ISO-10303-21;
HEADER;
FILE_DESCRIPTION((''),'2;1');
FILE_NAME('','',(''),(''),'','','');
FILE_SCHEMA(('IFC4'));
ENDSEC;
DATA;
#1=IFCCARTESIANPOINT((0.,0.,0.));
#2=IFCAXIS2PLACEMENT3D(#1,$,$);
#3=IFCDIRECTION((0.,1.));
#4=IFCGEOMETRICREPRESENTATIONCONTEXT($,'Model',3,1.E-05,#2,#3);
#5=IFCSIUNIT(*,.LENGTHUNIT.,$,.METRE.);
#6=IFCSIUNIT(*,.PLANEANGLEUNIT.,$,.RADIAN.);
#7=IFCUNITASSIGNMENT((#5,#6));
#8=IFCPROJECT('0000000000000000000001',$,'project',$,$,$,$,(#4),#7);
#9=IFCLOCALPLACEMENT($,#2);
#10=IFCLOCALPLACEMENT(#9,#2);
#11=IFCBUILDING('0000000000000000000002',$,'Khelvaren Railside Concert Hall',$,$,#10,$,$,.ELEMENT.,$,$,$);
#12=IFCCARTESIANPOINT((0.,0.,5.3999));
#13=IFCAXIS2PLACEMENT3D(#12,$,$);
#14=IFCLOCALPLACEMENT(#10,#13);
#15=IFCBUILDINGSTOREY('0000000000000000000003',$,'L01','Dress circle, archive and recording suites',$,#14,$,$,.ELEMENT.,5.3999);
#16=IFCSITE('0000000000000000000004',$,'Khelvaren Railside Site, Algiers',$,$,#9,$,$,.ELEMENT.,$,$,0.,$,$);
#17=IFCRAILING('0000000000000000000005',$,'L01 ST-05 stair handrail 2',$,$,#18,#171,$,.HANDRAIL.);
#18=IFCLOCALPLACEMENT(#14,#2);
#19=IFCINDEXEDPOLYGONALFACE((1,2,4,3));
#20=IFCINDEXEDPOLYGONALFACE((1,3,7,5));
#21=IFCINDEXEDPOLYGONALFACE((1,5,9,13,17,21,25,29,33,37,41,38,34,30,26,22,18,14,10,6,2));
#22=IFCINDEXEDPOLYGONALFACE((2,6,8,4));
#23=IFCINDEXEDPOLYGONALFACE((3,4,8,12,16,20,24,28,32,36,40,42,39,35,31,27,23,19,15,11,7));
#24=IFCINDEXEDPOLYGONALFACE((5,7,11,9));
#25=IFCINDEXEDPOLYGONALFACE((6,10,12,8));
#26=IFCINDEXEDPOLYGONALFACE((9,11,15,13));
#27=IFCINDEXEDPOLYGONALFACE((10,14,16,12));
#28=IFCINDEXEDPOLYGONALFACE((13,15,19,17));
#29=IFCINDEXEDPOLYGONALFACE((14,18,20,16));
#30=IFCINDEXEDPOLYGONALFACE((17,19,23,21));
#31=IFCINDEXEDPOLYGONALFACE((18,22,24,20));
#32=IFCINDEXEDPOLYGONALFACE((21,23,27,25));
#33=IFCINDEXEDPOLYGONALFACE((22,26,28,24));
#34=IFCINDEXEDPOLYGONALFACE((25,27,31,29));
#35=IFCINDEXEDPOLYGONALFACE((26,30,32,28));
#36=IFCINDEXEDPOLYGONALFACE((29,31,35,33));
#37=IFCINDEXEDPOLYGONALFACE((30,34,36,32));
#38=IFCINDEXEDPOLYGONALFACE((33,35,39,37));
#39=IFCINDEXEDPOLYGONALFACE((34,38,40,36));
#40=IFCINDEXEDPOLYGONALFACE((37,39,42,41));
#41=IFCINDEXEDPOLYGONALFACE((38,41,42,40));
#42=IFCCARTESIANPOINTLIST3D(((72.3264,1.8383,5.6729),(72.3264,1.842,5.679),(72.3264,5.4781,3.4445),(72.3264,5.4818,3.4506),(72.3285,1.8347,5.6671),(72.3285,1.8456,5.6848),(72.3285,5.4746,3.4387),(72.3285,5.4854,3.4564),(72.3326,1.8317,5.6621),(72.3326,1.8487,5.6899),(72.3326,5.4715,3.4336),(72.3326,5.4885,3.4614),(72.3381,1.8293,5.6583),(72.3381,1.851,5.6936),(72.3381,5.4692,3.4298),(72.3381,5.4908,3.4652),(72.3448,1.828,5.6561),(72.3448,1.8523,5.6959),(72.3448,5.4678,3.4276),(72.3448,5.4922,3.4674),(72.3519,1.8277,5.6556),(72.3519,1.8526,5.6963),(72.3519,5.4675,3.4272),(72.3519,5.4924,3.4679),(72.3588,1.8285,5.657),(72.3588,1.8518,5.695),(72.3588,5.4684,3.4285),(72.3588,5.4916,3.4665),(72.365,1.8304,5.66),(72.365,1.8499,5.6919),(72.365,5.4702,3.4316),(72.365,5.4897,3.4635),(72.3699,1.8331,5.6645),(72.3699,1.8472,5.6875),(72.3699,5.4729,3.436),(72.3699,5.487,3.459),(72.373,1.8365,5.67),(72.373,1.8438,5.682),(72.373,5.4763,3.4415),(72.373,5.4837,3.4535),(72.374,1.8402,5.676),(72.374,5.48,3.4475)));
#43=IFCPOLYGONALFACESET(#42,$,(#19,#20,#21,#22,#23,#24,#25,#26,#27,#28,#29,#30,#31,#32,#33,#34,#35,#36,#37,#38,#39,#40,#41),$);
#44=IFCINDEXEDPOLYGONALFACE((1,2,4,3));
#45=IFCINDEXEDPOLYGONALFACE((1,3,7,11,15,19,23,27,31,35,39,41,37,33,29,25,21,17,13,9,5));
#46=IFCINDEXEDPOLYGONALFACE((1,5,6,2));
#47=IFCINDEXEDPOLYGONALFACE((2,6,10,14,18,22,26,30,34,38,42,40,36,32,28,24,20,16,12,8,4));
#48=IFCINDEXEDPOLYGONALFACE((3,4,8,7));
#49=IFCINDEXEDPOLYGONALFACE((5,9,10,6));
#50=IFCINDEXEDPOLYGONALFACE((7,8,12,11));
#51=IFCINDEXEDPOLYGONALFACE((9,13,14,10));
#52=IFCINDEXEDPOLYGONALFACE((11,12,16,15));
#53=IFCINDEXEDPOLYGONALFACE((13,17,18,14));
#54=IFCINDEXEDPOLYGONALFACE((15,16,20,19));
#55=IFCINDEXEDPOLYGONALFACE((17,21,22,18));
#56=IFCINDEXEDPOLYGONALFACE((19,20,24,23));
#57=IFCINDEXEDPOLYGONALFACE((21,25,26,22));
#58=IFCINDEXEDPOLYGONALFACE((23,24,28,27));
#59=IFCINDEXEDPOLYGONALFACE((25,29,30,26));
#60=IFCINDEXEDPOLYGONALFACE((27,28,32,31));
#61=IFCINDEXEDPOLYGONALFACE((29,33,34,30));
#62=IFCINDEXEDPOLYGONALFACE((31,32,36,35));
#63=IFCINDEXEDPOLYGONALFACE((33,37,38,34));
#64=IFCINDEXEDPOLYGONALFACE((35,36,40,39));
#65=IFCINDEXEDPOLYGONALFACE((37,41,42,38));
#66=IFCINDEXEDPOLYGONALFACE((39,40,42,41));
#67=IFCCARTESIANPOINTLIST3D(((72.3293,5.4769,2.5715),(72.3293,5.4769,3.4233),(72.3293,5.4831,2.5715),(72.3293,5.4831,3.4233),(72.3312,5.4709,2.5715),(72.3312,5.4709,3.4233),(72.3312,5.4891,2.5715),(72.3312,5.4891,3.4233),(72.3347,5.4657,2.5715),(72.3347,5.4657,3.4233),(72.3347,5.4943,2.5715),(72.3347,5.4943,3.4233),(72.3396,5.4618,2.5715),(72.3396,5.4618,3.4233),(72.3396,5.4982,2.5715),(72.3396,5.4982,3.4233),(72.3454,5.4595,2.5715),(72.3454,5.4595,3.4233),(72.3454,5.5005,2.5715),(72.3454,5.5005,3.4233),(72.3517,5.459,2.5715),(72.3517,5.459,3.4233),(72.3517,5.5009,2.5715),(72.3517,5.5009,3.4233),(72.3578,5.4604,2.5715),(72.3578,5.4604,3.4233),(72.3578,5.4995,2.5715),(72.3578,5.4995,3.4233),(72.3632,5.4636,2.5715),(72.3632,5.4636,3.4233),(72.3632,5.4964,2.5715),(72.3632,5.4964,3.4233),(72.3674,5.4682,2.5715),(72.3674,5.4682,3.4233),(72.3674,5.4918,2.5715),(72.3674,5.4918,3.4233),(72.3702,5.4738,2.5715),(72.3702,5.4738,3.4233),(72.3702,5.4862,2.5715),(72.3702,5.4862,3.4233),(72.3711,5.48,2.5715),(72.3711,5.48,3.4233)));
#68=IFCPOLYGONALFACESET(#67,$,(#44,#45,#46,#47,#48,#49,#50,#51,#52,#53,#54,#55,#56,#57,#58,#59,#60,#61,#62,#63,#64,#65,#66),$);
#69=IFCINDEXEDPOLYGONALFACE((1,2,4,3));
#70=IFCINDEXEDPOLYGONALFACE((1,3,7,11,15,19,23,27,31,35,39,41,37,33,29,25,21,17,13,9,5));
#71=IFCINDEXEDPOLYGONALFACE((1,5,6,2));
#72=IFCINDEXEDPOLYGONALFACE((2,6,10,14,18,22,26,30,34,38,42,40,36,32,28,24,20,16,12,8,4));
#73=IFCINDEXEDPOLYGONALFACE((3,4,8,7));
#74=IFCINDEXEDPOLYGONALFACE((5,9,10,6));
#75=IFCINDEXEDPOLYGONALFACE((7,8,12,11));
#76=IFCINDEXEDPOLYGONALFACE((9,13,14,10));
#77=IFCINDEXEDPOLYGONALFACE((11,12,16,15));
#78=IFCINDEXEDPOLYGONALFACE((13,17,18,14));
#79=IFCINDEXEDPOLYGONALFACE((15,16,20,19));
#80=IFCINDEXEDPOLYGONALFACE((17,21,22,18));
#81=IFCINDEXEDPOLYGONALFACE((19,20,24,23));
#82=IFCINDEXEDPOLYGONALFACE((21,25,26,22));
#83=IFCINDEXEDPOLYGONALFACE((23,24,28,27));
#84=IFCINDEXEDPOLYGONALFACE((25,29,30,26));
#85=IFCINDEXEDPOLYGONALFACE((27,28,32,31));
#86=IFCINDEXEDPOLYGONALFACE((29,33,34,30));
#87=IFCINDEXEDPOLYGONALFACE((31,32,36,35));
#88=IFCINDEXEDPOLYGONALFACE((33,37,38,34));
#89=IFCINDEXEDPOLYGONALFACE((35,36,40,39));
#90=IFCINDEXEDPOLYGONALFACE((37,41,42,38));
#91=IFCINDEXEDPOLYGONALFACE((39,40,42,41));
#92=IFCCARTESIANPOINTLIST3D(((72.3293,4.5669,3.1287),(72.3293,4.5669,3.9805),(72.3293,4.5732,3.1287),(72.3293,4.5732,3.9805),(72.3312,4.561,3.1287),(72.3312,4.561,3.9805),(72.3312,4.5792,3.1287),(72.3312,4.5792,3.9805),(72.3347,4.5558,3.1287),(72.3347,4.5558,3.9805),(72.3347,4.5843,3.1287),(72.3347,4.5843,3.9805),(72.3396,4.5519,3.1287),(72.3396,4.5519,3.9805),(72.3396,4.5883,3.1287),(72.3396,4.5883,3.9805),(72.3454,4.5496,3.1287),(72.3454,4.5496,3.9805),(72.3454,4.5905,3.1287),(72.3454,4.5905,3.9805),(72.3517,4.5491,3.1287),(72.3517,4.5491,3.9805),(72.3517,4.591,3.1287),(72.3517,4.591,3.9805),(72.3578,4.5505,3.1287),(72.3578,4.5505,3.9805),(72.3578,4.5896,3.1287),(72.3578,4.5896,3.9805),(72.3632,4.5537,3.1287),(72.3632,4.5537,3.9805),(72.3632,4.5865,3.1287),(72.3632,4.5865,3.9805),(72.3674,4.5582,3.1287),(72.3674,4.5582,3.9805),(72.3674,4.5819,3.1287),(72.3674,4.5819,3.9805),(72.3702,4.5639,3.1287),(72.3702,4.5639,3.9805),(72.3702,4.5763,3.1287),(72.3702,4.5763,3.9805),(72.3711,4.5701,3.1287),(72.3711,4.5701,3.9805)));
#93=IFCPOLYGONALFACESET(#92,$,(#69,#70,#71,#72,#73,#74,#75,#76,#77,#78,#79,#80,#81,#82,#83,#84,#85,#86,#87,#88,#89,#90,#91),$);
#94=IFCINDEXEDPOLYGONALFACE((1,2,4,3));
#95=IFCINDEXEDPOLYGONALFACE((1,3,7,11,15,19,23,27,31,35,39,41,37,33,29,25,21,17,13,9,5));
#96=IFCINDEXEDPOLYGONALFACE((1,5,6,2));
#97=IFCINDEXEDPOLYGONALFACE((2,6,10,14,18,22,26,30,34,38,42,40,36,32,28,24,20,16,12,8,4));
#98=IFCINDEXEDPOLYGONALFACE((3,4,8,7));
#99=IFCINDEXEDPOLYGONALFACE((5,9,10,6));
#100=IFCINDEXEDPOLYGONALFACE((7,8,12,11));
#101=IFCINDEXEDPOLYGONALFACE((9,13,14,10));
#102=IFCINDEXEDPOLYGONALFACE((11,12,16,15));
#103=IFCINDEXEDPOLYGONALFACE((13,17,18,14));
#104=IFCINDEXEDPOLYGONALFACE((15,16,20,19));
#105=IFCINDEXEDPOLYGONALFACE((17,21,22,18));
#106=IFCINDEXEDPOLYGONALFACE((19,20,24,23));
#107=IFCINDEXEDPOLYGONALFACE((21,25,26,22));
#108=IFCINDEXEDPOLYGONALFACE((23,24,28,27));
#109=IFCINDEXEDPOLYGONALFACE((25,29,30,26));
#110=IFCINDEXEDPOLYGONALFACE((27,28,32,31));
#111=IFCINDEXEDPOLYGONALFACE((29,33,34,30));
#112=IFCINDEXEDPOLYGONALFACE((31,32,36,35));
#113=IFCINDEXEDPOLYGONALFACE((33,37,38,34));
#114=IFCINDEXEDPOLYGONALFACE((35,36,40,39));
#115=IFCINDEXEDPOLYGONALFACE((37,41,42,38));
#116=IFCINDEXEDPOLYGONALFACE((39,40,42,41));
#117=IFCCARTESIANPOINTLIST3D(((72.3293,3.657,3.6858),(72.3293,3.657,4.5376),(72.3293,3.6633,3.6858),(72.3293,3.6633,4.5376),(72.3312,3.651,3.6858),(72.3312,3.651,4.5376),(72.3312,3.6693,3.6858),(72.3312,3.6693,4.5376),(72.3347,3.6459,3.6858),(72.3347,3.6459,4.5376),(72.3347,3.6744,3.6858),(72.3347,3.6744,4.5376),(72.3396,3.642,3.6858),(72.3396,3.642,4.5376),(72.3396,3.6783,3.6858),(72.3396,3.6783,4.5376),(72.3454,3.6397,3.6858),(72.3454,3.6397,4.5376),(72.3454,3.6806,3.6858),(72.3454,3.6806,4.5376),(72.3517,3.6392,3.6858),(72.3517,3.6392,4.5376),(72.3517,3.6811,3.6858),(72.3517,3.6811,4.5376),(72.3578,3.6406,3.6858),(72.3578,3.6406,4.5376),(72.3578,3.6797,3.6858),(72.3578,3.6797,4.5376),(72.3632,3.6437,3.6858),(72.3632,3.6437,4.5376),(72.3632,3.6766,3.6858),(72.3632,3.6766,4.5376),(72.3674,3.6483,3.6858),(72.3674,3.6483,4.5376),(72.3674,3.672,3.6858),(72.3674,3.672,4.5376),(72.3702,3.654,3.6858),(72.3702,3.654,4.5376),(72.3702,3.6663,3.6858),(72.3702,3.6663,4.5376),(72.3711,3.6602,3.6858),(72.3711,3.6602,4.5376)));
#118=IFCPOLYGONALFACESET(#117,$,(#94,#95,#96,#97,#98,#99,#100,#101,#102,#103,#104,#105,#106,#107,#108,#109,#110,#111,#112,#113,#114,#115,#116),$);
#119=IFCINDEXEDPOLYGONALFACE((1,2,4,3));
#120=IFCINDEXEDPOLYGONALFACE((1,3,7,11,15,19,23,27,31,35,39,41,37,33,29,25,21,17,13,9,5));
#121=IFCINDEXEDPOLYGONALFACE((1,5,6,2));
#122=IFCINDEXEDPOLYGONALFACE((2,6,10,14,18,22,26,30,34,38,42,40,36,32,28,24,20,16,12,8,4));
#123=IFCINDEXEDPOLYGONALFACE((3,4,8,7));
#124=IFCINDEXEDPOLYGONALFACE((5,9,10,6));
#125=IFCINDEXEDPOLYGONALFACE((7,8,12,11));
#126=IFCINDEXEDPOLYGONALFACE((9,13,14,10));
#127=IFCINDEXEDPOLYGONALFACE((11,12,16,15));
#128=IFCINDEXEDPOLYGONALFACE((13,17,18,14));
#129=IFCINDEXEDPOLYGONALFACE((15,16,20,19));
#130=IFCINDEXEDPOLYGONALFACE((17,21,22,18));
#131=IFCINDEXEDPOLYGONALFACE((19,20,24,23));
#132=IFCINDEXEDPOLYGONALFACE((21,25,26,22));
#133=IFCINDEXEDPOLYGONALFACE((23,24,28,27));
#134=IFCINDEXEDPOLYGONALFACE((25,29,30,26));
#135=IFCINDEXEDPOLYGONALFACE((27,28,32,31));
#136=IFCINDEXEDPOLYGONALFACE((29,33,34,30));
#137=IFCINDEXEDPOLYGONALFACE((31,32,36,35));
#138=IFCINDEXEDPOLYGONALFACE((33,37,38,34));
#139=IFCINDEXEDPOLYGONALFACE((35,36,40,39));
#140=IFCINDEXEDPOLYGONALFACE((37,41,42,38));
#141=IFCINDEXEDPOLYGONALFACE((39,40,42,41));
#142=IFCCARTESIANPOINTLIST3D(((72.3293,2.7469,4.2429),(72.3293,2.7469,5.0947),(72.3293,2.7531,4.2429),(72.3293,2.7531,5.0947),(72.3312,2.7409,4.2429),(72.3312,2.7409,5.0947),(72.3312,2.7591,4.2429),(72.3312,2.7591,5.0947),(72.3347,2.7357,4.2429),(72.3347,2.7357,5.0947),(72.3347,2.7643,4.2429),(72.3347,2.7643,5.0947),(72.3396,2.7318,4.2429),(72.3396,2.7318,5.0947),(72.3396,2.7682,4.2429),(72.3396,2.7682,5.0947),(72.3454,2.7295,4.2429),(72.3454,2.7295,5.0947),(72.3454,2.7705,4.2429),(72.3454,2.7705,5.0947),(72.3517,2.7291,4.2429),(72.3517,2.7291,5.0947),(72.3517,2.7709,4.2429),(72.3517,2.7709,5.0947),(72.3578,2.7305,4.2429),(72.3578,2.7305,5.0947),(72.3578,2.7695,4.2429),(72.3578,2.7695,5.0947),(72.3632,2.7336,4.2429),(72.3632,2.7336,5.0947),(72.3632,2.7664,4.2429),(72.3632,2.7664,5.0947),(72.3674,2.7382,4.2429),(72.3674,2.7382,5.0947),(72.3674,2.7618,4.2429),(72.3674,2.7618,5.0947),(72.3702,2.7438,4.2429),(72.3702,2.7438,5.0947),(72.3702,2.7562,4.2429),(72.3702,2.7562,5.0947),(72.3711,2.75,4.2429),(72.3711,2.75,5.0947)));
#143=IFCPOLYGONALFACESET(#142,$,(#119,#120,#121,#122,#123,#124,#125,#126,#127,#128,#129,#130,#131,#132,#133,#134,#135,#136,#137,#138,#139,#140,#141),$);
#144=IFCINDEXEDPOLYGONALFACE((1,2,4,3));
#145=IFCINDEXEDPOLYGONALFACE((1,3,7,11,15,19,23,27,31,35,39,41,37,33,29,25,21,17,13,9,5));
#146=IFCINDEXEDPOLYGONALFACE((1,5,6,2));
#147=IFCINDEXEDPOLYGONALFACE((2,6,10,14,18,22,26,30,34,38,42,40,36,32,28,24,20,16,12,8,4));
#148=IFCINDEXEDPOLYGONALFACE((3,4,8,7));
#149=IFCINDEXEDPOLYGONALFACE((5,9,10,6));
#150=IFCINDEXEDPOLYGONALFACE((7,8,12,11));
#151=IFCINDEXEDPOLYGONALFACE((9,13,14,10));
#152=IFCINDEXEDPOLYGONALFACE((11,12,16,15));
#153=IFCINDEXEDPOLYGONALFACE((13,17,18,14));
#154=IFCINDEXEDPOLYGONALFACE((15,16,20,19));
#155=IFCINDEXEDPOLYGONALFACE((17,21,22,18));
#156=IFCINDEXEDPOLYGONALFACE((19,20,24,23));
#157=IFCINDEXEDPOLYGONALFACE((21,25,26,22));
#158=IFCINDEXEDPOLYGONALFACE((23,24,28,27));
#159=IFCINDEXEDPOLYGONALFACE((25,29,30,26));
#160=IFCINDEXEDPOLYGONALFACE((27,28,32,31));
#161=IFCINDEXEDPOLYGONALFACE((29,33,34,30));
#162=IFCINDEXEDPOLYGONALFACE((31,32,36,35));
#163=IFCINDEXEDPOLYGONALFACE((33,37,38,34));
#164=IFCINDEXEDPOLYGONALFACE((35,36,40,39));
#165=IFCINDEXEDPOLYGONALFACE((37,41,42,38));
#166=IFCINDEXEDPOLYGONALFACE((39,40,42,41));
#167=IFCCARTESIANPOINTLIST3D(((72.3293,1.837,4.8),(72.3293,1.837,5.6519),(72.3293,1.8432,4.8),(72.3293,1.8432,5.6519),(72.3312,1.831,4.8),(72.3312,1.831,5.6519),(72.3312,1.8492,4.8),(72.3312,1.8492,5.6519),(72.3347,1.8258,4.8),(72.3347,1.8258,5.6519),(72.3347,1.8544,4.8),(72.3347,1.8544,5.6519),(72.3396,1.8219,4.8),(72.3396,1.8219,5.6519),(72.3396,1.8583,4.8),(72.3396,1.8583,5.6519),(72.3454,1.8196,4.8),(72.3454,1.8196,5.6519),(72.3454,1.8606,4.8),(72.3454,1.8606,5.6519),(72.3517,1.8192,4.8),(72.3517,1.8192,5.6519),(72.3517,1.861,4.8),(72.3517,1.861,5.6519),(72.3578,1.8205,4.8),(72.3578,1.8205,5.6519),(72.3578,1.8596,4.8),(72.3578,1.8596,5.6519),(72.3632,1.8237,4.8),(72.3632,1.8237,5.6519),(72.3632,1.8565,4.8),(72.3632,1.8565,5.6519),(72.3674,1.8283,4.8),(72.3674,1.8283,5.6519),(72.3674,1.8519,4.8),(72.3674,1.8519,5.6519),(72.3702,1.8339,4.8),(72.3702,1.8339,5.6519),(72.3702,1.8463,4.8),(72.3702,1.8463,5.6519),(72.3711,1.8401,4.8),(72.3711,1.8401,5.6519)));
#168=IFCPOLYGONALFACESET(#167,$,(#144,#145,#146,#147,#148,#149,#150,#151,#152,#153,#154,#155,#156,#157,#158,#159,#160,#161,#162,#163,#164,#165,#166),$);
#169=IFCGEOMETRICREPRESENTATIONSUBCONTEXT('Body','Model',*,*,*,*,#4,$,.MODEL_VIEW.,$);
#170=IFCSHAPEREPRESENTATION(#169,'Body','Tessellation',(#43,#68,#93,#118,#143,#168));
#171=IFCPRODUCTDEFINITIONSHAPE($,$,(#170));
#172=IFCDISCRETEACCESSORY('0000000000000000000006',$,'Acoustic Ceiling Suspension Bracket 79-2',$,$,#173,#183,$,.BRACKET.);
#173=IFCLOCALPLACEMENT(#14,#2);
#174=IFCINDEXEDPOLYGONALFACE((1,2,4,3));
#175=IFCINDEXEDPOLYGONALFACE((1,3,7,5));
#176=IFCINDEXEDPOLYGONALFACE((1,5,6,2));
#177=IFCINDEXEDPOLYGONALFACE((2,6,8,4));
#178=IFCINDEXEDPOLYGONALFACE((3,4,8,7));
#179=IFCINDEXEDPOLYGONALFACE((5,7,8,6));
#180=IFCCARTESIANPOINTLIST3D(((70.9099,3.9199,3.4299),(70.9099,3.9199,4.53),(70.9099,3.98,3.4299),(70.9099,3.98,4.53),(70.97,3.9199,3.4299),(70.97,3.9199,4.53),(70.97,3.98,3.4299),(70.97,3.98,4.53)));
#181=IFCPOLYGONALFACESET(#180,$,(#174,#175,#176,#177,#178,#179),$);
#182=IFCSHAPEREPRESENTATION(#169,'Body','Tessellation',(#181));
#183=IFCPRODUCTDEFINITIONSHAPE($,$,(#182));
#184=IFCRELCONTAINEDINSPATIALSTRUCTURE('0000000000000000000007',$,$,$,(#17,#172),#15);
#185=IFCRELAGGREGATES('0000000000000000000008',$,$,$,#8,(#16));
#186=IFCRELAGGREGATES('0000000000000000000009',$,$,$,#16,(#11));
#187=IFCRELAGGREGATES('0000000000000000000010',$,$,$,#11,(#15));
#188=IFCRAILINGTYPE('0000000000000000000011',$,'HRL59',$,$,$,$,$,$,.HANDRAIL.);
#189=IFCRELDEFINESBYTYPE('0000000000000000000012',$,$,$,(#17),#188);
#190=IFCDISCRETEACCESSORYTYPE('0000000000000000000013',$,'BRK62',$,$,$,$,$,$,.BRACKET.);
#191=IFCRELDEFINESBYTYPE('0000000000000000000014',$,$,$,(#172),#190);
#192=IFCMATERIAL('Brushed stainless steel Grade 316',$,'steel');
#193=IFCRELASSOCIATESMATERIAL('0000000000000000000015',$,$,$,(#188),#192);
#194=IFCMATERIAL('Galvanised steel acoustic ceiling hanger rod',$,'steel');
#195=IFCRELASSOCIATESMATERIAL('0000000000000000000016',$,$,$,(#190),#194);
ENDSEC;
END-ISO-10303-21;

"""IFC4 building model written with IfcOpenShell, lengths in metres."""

from ifc_helpers import new_model, si_unit, direction, frame, origin, origin_2d, place, context, subcontext, project, spatial, rectangle, circle, extrude, material, type_object, element, save


model = new_model("IFC4")

# Units and contexts
model_context = context("Model", 3, precision=1e-05, world=origin(), true_north=direction((0.0, 1.0)))
body_context = subcontext(model_context, "Body", "Model", "MODEL_VIEW")
ifc_project = project(units=[si_unit("LENGTHUNIT", "METRE"), si_unit("PLANEANGLEUNIT", "RADIAN")], contexts=[model_context])

# Site, building, storey
site_placement = place(None, origin())
site = spatial("IfcSite", under=ifc_project, at=site_placement, Name="Khelvaren Railside Site, Algiers", CompositionType="ELEMENT", RefElevation=0.0)
building_placement = place(site_placement, origin())
building = spatial("IfcBuilding", under=site, at=building_placement, Name="Khelvaren Railside Concert Hall", CompositionType="ELEMENT")
storey_placement = place(building_placement, frame((0.0, 0.0, 5.3999)))
storey = spatial("IfcBuildingStorey", under=building, at=storey_placement, Name="L01", Description="Dress circle, archive and recording suites", CompositionType="ELEMENT", Elevation=5.3999)

# Railing
ifc_material_1 = material(Name="Brushed stainless steel Grade 316", Category="steel")
railing_type_1 = type_object("IfcRailingType", Name="HRL59", PredefinedType="HANDRAIL", material=ifc_material_1)
railing_1_placement = place(storey_placement, frame((72.3501, 5.48, 2.5715)))
element("IfcRailing", 1, at=railing_1_placement, inside=storey, type_object=railing_type_1, Name="L01 ST-05 stair handrail 2", PredefinedType="HANDRAIL", context=body_context, shape_type="SweptSolid", body=[
    extrude(circle(Radius=0.0239, at=origin_2d()), frame((0.0, 0.0, 0.876), z_axis=(0.0, -0.85285, 0.522156), x_axis=(1.0, 0.0, 0.0)), (0.0, 0.0, 1.0), 4.2678),
    extrude(circle(Radius=0.021, at=origin_2d()), origin(), (0.0, 0.0, 1.0), 0.8518),
    extrude(circle(Radius=0.021, at=origin_2d()), frame((0.0, -0.9099, 0.5571)), (0.0, 0.0, 1.0), 0.8518),
    extrude(circle(Radius=0.021, at=origin_2d()), frame((0.0, -1.8198, 1.1143)), (0.0, 0.0, 1.0), 0.8518),
    extrude(circle(Radius=0.021, at=origin_2d()), frame((0.0, -2.73, 1.6714)), (0.0, 0.0, 1.0), 0.8518),
    extrude(circle(Radius=0.021, at=origin_2d()), frame((0.0, -3.6399, 2.2285)), (0.0, 0.0, 1.0), 0.8518),
])

# Discrete accessory
ifc_material_2 = material(Name="Galvanised steel acoustic ceiling hanger rod", Category="steel")
discrete_accessory_type = type_object("IfcDiscreteAccessoryType", Name="BRK62", PredefinedType="BRACKET", material=ifc_material_2)
discrete_accessory_placement = place(storey_placement, frame((70.9399, 3.95, 3.4299), z_axis=(0.0, 0.0, 1.0), x_axis=(1.0, 0.0, 0.0)))
element("IfcDiscreteAccessory", 2, at=discrete_accessory_placement, inside=storey, type_object=discrete_accessory_type, Name="Acoustic Ceiling Suspension Bracket 79-2", PredefinedType="BRACKET", context=body_context, shape_type="SweptSolid", body=[
    extrude(rectangle(XDim=0.0601, YDim=0.0601, at=origin_2d()), origin(), (0.0, 0.0, 1.0), 1.1001),
])

save(model, "model.ifc")
